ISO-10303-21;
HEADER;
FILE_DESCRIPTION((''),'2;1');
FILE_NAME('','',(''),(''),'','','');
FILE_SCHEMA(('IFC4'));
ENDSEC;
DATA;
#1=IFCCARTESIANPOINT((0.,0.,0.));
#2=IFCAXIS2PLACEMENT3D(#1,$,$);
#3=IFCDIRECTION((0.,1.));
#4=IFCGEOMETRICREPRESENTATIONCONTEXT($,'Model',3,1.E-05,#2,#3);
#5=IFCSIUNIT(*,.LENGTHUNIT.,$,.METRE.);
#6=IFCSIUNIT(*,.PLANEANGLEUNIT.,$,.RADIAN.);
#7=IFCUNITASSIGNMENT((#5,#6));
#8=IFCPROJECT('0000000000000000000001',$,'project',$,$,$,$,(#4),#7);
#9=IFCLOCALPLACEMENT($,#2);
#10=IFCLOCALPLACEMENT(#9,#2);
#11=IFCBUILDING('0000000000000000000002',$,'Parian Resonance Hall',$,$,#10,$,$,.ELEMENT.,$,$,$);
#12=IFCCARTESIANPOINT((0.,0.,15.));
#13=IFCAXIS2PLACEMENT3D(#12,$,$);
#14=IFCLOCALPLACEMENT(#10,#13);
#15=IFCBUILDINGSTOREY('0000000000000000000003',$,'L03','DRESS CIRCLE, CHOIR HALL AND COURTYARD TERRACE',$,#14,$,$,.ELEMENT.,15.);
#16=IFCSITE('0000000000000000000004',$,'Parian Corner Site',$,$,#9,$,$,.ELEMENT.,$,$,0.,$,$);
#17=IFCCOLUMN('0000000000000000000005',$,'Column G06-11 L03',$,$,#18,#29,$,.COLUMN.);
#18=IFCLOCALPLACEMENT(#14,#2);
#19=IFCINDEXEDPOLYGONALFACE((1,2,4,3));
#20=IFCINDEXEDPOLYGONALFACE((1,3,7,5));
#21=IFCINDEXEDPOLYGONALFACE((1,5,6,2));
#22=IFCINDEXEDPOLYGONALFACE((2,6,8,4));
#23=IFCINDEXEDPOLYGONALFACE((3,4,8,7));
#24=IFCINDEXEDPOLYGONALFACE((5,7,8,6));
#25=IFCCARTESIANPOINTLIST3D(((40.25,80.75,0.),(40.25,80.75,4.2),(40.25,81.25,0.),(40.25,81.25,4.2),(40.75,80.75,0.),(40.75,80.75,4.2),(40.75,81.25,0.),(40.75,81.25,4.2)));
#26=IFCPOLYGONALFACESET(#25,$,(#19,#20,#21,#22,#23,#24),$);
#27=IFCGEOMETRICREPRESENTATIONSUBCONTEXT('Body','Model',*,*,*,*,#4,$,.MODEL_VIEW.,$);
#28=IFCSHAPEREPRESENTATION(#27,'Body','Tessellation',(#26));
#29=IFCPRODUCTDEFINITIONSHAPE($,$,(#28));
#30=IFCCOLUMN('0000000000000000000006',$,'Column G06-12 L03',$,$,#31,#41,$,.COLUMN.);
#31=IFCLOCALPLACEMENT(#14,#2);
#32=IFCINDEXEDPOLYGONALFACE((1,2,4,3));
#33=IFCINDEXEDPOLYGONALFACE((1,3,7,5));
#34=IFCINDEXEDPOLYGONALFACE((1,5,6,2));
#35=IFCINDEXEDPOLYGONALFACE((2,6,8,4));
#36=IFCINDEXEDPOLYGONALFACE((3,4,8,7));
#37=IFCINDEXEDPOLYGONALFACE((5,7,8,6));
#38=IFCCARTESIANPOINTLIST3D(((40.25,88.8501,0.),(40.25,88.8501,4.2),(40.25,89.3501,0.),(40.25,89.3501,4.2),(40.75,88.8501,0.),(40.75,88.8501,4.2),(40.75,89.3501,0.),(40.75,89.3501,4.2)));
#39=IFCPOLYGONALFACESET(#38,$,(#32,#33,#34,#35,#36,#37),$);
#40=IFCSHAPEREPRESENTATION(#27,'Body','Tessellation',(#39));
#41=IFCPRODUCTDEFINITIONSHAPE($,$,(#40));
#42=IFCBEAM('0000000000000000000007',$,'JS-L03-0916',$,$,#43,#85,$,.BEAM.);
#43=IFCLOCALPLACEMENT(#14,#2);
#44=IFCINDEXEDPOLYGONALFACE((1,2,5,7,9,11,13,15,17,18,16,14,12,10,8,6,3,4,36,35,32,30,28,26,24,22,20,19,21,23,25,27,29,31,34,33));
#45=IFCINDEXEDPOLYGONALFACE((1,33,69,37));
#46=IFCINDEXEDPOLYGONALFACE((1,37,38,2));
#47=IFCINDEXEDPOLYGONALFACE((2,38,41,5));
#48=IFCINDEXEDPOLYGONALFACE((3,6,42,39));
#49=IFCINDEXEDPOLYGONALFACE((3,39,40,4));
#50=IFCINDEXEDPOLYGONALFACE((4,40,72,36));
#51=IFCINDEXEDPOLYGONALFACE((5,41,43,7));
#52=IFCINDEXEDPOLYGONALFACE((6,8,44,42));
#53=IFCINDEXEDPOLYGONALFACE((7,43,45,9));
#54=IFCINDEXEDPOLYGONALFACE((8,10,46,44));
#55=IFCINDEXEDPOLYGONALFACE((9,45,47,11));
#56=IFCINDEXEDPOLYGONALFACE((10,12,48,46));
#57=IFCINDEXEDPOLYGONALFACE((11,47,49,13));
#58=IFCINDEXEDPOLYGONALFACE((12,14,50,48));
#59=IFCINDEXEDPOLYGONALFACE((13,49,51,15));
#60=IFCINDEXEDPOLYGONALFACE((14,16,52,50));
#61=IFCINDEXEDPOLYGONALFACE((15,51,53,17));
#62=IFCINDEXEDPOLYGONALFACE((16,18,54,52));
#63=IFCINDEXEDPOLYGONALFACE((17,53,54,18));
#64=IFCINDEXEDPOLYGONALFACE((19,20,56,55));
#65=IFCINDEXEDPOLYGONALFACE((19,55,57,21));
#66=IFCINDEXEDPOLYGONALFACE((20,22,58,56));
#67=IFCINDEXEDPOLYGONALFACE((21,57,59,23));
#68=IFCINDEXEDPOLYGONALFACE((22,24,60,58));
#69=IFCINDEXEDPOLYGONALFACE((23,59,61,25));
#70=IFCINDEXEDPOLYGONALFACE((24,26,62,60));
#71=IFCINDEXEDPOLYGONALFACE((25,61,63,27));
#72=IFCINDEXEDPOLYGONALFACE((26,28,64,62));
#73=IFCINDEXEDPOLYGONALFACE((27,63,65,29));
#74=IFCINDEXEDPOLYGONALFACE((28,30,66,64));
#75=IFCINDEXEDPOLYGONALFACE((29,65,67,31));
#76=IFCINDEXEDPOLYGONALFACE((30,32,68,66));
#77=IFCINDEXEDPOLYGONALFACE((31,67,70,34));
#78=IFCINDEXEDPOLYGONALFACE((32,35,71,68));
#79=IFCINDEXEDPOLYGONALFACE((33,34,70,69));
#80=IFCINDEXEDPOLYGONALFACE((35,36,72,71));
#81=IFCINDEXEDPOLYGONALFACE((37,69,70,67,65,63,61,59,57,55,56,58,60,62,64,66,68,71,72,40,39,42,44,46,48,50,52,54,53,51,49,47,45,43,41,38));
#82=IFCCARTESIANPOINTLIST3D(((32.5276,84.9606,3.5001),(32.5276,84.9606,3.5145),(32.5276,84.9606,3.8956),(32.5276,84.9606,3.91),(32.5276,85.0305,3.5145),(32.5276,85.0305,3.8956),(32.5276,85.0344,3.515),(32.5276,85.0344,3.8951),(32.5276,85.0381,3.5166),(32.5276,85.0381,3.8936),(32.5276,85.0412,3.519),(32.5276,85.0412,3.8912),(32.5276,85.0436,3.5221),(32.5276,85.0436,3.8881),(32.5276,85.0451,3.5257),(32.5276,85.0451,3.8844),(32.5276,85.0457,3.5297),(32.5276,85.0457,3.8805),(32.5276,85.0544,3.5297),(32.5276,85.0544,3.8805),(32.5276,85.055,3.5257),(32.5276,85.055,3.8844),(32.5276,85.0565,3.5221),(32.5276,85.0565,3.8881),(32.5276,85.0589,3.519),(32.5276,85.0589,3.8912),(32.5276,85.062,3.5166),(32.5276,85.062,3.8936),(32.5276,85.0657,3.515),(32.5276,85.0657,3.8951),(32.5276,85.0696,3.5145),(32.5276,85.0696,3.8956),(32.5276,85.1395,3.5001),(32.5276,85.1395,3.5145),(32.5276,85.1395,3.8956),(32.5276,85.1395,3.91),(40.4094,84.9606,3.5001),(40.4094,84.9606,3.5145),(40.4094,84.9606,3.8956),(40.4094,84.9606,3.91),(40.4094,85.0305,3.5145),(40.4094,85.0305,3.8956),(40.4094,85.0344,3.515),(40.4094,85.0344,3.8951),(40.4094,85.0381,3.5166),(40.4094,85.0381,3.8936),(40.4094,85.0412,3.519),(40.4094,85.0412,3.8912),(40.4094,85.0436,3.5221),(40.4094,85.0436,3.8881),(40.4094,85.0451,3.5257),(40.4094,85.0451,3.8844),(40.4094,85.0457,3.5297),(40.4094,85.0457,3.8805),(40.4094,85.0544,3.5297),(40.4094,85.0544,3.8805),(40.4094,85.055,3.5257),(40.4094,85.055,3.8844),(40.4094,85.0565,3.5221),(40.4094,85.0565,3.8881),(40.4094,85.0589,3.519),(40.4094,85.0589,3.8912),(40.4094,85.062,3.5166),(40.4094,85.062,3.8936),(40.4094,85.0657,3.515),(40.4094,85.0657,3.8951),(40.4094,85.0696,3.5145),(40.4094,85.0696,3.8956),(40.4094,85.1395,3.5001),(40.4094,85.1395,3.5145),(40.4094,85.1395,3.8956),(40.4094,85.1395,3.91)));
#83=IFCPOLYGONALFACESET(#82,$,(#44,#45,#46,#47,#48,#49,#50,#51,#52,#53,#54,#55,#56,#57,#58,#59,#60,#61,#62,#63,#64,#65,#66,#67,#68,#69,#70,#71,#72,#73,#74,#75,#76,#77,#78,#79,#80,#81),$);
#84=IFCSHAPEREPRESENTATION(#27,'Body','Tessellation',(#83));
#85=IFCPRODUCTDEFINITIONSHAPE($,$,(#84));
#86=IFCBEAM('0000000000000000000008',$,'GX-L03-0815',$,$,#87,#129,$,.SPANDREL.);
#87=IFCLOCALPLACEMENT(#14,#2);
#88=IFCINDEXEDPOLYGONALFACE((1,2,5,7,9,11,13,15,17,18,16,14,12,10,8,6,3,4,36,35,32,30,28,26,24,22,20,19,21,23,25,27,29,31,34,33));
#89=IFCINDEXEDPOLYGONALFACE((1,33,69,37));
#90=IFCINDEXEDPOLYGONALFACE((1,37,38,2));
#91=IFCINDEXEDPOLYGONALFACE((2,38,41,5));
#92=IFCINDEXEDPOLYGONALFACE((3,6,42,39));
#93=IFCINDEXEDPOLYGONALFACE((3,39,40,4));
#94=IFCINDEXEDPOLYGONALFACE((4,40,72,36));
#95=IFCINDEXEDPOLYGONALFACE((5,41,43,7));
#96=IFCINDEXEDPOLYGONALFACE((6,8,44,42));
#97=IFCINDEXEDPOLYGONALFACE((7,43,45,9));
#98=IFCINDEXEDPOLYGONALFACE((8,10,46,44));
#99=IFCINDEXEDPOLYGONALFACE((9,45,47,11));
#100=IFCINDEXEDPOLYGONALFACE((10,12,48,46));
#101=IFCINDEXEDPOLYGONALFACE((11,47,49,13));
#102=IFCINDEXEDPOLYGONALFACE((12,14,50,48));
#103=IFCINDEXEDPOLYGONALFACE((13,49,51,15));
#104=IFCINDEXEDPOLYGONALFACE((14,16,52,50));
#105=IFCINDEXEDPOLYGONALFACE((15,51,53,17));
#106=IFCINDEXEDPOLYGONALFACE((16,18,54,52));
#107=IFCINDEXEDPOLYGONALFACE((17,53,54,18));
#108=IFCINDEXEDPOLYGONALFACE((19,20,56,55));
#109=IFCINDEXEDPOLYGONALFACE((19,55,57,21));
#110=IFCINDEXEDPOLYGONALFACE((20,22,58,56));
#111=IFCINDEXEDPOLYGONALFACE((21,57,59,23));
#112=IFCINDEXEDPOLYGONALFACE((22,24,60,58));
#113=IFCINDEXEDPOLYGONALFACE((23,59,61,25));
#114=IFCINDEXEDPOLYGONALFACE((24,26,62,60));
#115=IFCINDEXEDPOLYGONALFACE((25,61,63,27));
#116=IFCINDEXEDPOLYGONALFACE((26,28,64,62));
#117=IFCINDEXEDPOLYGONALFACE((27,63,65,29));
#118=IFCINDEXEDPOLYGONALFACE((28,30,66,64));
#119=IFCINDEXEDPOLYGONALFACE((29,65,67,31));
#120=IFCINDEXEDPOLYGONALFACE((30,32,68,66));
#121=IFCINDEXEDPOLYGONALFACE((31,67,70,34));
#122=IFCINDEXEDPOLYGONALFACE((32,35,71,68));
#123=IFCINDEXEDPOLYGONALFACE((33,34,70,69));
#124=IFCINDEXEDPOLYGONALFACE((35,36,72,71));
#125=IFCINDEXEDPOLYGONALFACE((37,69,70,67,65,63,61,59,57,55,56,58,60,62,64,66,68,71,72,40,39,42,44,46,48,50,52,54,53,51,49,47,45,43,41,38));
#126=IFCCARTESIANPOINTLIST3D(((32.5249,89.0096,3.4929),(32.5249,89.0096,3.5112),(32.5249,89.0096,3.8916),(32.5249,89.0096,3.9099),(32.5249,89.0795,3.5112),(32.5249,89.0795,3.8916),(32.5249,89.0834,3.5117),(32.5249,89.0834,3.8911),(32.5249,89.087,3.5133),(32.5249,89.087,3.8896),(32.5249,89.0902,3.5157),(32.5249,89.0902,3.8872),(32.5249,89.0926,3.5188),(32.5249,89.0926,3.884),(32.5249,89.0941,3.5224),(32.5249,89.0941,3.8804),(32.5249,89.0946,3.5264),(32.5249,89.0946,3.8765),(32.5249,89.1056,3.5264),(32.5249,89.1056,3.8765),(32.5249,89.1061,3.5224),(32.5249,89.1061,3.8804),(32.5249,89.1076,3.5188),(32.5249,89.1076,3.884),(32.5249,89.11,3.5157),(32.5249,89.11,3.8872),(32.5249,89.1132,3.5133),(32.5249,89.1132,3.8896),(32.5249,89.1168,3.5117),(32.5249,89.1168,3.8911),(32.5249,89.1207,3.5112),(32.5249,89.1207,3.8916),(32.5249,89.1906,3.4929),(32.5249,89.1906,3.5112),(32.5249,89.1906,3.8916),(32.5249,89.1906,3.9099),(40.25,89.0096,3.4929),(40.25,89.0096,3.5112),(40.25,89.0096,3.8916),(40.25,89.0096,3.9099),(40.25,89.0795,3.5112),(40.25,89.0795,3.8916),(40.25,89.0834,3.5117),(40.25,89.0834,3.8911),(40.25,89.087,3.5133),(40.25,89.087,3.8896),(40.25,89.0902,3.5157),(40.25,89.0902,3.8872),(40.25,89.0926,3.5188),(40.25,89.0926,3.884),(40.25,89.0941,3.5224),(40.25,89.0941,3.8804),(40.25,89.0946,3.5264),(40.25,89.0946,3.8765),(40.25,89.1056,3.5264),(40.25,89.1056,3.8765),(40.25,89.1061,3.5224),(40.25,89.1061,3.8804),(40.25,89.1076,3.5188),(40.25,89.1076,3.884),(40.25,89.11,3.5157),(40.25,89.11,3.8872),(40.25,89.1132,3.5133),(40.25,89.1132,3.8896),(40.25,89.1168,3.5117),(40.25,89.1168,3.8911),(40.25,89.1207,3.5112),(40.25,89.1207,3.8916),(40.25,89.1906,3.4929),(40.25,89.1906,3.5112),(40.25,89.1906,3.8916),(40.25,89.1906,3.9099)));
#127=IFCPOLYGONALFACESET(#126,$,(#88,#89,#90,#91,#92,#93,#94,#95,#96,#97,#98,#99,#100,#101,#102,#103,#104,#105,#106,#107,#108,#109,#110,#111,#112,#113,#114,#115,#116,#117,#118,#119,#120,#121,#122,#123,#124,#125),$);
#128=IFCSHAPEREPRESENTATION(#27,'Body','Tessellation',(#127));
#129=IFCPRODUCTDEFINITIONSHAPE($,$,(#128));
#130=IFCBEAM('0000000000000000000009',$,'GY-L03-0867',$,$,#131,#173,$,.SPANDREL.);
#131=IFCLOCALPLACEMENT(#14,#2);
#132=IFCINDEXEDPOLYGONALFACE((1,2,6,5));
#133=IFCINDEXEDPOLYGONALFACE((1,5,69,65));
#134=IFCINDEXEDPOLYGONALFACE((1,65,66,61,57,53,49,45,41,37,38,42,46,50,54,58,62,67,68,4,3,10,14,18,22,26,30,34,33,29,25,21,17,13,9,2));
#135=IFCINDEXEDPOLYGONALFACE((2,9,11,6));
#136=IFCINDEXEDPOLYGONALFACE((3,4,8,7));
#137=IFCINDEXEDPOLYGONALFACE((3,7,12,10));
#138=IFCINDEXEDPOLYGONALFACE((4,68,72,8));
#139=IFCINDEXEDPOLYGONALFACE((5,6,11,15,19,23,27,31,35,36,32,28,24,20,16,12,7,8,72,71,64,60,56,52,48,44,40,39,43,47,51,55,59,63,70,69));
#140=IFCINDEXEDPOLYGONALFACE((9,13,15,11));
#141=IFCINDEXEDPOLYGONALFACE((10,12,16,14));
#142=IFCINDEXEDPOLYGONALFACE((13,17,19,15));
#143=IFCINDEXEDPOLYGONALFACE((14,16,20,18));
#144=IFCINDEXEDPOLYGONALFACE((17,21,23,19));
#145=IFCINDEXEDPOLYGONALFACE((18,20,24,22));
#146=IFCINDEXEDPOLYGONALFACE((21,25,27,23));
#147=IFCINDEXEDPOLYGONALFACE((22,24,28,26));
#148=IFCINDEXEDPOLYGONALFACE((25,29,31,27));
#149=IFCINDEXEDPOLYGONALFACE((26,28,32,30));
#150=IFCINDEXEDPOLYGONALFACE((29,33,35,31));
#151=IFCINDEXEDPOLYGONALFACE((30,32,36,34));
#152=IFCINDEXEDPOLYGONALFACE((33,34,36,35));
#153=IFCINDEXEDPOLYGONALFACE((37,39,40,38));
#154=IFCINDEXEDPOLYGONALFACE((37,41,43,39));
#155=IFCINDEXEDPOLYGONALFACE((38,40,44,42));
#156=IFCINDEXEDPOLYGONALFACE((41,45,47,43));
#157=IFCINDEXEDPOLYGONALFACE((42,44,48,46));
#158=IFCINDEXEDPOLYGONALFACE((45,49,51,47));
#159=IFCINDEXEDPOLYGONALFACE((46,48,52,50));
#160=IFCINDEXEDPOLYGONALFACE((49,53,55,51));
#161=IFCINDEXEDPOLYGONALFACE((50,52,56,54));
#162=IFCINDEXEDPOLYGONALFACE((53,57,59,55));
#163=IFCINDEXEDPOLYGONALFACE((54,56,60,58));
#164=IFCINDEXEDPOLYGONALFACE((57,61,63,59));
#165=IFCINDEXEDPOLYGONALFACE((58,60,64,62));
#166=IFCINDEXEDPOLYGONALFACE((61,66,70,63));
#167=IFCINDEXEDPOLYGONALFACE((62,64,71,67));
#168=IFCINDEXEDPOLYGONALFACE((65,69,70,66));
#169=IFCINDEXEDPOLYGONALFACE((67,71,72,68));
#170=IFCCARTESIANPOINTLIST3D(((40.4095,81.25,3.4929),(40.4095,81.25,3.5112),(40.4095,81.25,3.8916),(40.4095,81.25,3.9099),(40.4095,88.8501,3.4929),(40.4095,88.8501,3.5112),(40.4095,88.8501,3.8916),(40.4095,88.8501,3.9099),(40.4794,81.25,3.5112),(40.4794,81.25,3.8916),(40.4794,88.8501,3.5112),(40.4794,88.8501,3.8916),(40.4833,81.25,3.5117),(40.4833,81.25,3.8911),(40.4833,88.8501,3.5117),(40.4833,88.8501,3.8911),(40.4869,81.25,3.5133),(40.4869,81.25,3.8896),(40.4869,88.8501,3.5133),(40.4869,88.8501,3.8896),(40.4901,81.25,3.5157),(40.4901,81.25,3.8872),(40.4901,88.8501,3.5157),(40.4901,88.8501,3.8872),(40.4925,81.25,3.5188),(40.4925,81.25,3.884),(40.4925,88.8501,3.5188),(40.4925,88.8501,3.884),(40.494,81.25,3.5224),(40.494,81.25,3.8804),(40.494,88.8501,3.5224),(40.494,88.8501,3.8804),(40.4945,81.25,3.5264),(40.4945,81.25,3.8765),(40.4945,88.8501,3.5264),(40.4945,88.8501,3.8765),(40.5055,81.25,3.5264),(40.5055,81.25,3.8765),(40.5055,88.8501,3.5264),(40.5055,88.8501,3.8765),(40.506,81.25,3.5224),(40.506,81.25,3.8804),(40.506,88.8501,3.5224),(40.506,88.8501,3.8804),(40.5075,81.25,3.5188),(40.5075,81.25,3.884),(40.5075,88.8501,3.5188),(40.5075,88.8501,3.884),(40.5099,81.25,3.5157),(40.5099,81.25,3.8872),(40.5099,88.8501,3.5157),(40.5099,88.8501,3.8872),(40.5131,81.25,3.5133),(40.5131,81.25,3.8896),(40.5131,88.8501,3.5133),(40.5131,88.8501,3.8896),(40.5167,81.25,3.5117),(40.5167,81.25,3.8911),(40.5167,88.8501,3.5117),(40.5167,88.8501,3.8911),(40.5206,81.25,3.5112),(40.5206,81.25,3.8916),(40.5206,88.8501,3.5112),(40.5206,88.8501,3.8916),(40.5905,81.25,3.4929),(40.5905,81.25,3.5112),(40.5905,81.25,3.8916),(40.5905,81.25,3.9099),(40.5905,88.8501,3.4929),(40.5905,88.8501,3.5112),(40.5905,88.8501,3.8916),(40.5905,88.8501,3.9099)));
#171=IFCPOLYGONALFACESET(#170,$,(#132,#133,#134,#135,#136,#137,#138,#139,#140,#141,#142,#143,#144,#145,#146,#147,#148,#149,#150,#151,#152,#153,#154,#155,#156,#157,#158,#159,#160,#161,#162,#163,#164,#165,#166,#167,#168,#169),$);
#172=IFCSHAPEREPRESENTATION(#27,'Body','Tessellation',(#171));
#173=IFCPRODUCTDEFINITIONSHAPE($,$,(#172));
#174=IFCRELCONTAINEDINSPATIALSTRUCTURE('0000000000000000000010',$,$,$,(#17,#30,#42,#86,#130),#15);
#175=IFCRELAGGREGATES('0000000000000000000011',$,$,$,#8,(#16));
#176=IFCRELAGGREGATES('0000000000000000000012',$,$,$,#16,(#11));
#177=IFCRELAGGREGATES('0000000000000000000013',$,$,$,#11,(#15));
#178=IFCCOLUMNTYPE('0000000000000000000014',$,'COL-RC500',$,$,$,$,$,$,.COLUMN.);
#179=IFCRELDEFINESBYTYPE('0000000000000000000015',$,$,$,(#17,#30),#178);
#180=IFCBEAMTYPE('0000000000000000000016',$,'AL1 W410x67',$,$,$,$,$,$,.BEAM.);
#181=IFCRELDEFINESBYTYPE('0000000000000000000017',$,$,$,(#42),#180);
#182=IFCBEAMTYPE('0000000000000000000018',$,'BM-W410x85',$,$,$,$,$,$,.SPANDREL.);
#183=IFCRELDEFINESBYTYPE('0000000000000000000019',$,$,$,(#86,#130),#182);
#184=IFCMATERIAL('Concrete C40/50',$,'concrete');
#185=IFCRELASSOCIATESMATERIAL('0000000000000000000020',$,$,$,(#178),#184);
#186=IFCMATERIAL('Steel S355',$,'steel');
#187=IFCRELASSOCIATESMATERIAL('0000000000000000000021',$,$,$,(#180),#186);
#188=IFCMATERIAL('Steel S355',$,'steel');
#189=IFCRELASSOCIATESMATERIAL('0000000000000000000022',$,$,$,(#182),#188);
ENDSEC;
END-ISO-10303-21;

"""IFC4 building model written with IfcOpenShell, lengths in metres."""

from ifc_helpers import new_model, si_unit, direction, frame, origin, origin_2d, place, context, subcontext, project, spatial, rectangle, i_section, extrude, material, material_profile, profile_set, type_object, element, save


model = new_model("IFC4")

# Units and contexts
model_context = context("Model", 3, precision=1e-05, world=origin(), true_north=direction((0.0, 1.0)))
body_context = subcontext(model_context, "Body", "Model", "MODEL_VIEW")
ifc_project = project(units=[si_unit("LENGTHUNIT", "METRE"), si_unit("PLANEANGLEUNIT", "RADIAN")], contexts=[model_context])

# Site, building, storey
site_placement = place(None, origin())
site = spatial("IfcSite", under=ifc_project, at=site_placement, Name="Parian Corner Site", CompositionType="ELEMENT", RefElevation=0.0)
building_placement = place(site_placement, origin())
building = spatial("IfcBuilding", under=site, at=building_placement, Name="Parian Resonance Hall", CompositionType="ELEMENT")
storey_placement = place(building_placement, frame((0.0, 0.0, 15.0)))
storey = spatial("IfcBuildingStorey", under=building, at=storey_placement, Name="L03", Description="DRESS CIRCLE, CHOIR HALL AND COURTYARD TERRACE", CompositionType="ELEMENT", Elevation=15.0)

# Columns
ifc_material_1 = material(Name="Concrete C40/50", Category="concrete")
ifc_material_profile_1 = material_profile(ifc_material_1, rectangle(XDim=0.5, YDim=0.5, at=origin_2d()), Name="RC-COL-500x500")
ifc_profile_set_1 = profile_set([ifc_material_profile_1], Name="Concrete C40/50")
column_type = type_object("IfcColumnType", Name="COL-RC500", PredefinedType="COLUMN", material=ifc_profile_set_1)
for number, where, z_axis, x_axis, name in (
    (1, (40.5, 81.0, 0.0), (0.0, 0.0, 1.0), (1.0, 0.0, 0.0), "Column G06-11 L03"),
    (2, (40.5, 89.1001, 0.0), (0.0, 0.0, 1.0), (1.0, 0.0, 0.0), "Column G06-12 L03"),
):
    element("IfcColumn", number, at=place(storey_placement, frame(where, z_axis=z_axis, x_axis=x_axis)), inside=storey, type_object=column_type, Name=name, PredefinedType="COLUMN", context=body_context, shape_type="SweptSolid", body=[
        extrude(rectangle(XDim=0.5, YDim=0.5, at=origin_2d()), origin(), (0.0, 0.0, 1.0), 4.2),
    ])

# Beams
ifc_material_2 = material(Name="Steel S355", Category="steel")
ifc_material_profile_2 = material_profile(ifc_material_2, i_section(OverallWidth=0.179, OverallDepth=0.4099, WebThickness=0.0088, FlangeThickness=0.0144, FilletRadius=0.0151, at=origin_2d()), Name="W410x67")
ifc_profile_set_2 = profile_set([ifc_material_profile_2], Name="Steel S355")
beam_type_1 = type_object("IfcBeamType", Name="AL1 W410x67", PredefinedType="BEAM", material=ifc_profile_set_2)
beam_1_placement = place(storey_placement, frame((32.5276, 85.05, 3.7051), z_axis=(1.0, 0.0, 0.0), x_axis=(0.0, 1.0, 0.0)))
element("IfcBeam", 3, at=beam_1_placement, inside=storey, type_object=beam_type_1, Name="JS-L03-0916", PredefinedType="BEAM", context=body_context, shape_type="SweptSolid", body=[
    extrude(i_section(OverallWidth=0.179, OverallDepth=0.4099, WebThickness=0.0088, FlangeThickness=0.0144, FilletRadius=0.0151, at=origin_2d()), origin(), (0.0, 0.0, 1.0), 7.8818),
])
ifc_material_3 = material(Name="Steel S355", Category="steel")
ifc_material_profile_3 = material_profile(ifc_material_3, i_section(OverallWidth=0.1809, OverallDepth=0.417, WebThickness=0.011, FlangeThickness=0.0183, FilletRadius=0.0151, at=origin_2d()), Name="W410x85")
ifc_profile_set_3 = profile_set([ifc_material_profile_3], Name="Steel S355")
beam_type_2 = type_object("IfcBeamType", Name="BM-W410x85", PredefinedType="SPANDREL", material=ifc_profile_set_3)
beam_2_placement = place(storey_placement, frame((32.5249, 89.1001, 3.7014), z_axis=(1.0, 0.0, 0.0), x_axis=(0.0, 1.0, 0.0)))
element("IfcBeam", 4, at=beam_2_placement, inside=storey, type_object=beam_type_2, Name="GX-L03-0815", PredefinedType="SPANDREL", context=body_context, shape_type="SweptSolid", body=[
    extrude(i_section(OverallWidth=0.1809, OverallDepth=0.417, WebThickness=0.011, FlangeThickness=0.0183, FilletRadius=0.0151, at=origin_2d()), origin(), (0.0, 0.0, 1.0), 7.7251),
])
beam_3_placement = place(storey_placement, frame((40.5, 81.25, 3.7014), z_axis=(0.0, 1.0, 0.0), x_axis=(-1.0, 0.0, 0.0)))
element("IfcBeam", 5, at=beam_3_placement, inside=storey, type_object=beam_type_2, Name="GY-L03-0867", PredefinedType="SPANDREL", context=body_context, shape_type="SweptSolid", body=[
    extrude(i_section(OverallWidth=0.1809, OverallDepth=0.417, WebThickness=0.011, FlangeThickness=0.0183, FilletRadius=0.0151, at=origin_2d()), origin(), (0.0, 0.0, 1.0), 7.6001),
])

save(model, "model.ifc")
